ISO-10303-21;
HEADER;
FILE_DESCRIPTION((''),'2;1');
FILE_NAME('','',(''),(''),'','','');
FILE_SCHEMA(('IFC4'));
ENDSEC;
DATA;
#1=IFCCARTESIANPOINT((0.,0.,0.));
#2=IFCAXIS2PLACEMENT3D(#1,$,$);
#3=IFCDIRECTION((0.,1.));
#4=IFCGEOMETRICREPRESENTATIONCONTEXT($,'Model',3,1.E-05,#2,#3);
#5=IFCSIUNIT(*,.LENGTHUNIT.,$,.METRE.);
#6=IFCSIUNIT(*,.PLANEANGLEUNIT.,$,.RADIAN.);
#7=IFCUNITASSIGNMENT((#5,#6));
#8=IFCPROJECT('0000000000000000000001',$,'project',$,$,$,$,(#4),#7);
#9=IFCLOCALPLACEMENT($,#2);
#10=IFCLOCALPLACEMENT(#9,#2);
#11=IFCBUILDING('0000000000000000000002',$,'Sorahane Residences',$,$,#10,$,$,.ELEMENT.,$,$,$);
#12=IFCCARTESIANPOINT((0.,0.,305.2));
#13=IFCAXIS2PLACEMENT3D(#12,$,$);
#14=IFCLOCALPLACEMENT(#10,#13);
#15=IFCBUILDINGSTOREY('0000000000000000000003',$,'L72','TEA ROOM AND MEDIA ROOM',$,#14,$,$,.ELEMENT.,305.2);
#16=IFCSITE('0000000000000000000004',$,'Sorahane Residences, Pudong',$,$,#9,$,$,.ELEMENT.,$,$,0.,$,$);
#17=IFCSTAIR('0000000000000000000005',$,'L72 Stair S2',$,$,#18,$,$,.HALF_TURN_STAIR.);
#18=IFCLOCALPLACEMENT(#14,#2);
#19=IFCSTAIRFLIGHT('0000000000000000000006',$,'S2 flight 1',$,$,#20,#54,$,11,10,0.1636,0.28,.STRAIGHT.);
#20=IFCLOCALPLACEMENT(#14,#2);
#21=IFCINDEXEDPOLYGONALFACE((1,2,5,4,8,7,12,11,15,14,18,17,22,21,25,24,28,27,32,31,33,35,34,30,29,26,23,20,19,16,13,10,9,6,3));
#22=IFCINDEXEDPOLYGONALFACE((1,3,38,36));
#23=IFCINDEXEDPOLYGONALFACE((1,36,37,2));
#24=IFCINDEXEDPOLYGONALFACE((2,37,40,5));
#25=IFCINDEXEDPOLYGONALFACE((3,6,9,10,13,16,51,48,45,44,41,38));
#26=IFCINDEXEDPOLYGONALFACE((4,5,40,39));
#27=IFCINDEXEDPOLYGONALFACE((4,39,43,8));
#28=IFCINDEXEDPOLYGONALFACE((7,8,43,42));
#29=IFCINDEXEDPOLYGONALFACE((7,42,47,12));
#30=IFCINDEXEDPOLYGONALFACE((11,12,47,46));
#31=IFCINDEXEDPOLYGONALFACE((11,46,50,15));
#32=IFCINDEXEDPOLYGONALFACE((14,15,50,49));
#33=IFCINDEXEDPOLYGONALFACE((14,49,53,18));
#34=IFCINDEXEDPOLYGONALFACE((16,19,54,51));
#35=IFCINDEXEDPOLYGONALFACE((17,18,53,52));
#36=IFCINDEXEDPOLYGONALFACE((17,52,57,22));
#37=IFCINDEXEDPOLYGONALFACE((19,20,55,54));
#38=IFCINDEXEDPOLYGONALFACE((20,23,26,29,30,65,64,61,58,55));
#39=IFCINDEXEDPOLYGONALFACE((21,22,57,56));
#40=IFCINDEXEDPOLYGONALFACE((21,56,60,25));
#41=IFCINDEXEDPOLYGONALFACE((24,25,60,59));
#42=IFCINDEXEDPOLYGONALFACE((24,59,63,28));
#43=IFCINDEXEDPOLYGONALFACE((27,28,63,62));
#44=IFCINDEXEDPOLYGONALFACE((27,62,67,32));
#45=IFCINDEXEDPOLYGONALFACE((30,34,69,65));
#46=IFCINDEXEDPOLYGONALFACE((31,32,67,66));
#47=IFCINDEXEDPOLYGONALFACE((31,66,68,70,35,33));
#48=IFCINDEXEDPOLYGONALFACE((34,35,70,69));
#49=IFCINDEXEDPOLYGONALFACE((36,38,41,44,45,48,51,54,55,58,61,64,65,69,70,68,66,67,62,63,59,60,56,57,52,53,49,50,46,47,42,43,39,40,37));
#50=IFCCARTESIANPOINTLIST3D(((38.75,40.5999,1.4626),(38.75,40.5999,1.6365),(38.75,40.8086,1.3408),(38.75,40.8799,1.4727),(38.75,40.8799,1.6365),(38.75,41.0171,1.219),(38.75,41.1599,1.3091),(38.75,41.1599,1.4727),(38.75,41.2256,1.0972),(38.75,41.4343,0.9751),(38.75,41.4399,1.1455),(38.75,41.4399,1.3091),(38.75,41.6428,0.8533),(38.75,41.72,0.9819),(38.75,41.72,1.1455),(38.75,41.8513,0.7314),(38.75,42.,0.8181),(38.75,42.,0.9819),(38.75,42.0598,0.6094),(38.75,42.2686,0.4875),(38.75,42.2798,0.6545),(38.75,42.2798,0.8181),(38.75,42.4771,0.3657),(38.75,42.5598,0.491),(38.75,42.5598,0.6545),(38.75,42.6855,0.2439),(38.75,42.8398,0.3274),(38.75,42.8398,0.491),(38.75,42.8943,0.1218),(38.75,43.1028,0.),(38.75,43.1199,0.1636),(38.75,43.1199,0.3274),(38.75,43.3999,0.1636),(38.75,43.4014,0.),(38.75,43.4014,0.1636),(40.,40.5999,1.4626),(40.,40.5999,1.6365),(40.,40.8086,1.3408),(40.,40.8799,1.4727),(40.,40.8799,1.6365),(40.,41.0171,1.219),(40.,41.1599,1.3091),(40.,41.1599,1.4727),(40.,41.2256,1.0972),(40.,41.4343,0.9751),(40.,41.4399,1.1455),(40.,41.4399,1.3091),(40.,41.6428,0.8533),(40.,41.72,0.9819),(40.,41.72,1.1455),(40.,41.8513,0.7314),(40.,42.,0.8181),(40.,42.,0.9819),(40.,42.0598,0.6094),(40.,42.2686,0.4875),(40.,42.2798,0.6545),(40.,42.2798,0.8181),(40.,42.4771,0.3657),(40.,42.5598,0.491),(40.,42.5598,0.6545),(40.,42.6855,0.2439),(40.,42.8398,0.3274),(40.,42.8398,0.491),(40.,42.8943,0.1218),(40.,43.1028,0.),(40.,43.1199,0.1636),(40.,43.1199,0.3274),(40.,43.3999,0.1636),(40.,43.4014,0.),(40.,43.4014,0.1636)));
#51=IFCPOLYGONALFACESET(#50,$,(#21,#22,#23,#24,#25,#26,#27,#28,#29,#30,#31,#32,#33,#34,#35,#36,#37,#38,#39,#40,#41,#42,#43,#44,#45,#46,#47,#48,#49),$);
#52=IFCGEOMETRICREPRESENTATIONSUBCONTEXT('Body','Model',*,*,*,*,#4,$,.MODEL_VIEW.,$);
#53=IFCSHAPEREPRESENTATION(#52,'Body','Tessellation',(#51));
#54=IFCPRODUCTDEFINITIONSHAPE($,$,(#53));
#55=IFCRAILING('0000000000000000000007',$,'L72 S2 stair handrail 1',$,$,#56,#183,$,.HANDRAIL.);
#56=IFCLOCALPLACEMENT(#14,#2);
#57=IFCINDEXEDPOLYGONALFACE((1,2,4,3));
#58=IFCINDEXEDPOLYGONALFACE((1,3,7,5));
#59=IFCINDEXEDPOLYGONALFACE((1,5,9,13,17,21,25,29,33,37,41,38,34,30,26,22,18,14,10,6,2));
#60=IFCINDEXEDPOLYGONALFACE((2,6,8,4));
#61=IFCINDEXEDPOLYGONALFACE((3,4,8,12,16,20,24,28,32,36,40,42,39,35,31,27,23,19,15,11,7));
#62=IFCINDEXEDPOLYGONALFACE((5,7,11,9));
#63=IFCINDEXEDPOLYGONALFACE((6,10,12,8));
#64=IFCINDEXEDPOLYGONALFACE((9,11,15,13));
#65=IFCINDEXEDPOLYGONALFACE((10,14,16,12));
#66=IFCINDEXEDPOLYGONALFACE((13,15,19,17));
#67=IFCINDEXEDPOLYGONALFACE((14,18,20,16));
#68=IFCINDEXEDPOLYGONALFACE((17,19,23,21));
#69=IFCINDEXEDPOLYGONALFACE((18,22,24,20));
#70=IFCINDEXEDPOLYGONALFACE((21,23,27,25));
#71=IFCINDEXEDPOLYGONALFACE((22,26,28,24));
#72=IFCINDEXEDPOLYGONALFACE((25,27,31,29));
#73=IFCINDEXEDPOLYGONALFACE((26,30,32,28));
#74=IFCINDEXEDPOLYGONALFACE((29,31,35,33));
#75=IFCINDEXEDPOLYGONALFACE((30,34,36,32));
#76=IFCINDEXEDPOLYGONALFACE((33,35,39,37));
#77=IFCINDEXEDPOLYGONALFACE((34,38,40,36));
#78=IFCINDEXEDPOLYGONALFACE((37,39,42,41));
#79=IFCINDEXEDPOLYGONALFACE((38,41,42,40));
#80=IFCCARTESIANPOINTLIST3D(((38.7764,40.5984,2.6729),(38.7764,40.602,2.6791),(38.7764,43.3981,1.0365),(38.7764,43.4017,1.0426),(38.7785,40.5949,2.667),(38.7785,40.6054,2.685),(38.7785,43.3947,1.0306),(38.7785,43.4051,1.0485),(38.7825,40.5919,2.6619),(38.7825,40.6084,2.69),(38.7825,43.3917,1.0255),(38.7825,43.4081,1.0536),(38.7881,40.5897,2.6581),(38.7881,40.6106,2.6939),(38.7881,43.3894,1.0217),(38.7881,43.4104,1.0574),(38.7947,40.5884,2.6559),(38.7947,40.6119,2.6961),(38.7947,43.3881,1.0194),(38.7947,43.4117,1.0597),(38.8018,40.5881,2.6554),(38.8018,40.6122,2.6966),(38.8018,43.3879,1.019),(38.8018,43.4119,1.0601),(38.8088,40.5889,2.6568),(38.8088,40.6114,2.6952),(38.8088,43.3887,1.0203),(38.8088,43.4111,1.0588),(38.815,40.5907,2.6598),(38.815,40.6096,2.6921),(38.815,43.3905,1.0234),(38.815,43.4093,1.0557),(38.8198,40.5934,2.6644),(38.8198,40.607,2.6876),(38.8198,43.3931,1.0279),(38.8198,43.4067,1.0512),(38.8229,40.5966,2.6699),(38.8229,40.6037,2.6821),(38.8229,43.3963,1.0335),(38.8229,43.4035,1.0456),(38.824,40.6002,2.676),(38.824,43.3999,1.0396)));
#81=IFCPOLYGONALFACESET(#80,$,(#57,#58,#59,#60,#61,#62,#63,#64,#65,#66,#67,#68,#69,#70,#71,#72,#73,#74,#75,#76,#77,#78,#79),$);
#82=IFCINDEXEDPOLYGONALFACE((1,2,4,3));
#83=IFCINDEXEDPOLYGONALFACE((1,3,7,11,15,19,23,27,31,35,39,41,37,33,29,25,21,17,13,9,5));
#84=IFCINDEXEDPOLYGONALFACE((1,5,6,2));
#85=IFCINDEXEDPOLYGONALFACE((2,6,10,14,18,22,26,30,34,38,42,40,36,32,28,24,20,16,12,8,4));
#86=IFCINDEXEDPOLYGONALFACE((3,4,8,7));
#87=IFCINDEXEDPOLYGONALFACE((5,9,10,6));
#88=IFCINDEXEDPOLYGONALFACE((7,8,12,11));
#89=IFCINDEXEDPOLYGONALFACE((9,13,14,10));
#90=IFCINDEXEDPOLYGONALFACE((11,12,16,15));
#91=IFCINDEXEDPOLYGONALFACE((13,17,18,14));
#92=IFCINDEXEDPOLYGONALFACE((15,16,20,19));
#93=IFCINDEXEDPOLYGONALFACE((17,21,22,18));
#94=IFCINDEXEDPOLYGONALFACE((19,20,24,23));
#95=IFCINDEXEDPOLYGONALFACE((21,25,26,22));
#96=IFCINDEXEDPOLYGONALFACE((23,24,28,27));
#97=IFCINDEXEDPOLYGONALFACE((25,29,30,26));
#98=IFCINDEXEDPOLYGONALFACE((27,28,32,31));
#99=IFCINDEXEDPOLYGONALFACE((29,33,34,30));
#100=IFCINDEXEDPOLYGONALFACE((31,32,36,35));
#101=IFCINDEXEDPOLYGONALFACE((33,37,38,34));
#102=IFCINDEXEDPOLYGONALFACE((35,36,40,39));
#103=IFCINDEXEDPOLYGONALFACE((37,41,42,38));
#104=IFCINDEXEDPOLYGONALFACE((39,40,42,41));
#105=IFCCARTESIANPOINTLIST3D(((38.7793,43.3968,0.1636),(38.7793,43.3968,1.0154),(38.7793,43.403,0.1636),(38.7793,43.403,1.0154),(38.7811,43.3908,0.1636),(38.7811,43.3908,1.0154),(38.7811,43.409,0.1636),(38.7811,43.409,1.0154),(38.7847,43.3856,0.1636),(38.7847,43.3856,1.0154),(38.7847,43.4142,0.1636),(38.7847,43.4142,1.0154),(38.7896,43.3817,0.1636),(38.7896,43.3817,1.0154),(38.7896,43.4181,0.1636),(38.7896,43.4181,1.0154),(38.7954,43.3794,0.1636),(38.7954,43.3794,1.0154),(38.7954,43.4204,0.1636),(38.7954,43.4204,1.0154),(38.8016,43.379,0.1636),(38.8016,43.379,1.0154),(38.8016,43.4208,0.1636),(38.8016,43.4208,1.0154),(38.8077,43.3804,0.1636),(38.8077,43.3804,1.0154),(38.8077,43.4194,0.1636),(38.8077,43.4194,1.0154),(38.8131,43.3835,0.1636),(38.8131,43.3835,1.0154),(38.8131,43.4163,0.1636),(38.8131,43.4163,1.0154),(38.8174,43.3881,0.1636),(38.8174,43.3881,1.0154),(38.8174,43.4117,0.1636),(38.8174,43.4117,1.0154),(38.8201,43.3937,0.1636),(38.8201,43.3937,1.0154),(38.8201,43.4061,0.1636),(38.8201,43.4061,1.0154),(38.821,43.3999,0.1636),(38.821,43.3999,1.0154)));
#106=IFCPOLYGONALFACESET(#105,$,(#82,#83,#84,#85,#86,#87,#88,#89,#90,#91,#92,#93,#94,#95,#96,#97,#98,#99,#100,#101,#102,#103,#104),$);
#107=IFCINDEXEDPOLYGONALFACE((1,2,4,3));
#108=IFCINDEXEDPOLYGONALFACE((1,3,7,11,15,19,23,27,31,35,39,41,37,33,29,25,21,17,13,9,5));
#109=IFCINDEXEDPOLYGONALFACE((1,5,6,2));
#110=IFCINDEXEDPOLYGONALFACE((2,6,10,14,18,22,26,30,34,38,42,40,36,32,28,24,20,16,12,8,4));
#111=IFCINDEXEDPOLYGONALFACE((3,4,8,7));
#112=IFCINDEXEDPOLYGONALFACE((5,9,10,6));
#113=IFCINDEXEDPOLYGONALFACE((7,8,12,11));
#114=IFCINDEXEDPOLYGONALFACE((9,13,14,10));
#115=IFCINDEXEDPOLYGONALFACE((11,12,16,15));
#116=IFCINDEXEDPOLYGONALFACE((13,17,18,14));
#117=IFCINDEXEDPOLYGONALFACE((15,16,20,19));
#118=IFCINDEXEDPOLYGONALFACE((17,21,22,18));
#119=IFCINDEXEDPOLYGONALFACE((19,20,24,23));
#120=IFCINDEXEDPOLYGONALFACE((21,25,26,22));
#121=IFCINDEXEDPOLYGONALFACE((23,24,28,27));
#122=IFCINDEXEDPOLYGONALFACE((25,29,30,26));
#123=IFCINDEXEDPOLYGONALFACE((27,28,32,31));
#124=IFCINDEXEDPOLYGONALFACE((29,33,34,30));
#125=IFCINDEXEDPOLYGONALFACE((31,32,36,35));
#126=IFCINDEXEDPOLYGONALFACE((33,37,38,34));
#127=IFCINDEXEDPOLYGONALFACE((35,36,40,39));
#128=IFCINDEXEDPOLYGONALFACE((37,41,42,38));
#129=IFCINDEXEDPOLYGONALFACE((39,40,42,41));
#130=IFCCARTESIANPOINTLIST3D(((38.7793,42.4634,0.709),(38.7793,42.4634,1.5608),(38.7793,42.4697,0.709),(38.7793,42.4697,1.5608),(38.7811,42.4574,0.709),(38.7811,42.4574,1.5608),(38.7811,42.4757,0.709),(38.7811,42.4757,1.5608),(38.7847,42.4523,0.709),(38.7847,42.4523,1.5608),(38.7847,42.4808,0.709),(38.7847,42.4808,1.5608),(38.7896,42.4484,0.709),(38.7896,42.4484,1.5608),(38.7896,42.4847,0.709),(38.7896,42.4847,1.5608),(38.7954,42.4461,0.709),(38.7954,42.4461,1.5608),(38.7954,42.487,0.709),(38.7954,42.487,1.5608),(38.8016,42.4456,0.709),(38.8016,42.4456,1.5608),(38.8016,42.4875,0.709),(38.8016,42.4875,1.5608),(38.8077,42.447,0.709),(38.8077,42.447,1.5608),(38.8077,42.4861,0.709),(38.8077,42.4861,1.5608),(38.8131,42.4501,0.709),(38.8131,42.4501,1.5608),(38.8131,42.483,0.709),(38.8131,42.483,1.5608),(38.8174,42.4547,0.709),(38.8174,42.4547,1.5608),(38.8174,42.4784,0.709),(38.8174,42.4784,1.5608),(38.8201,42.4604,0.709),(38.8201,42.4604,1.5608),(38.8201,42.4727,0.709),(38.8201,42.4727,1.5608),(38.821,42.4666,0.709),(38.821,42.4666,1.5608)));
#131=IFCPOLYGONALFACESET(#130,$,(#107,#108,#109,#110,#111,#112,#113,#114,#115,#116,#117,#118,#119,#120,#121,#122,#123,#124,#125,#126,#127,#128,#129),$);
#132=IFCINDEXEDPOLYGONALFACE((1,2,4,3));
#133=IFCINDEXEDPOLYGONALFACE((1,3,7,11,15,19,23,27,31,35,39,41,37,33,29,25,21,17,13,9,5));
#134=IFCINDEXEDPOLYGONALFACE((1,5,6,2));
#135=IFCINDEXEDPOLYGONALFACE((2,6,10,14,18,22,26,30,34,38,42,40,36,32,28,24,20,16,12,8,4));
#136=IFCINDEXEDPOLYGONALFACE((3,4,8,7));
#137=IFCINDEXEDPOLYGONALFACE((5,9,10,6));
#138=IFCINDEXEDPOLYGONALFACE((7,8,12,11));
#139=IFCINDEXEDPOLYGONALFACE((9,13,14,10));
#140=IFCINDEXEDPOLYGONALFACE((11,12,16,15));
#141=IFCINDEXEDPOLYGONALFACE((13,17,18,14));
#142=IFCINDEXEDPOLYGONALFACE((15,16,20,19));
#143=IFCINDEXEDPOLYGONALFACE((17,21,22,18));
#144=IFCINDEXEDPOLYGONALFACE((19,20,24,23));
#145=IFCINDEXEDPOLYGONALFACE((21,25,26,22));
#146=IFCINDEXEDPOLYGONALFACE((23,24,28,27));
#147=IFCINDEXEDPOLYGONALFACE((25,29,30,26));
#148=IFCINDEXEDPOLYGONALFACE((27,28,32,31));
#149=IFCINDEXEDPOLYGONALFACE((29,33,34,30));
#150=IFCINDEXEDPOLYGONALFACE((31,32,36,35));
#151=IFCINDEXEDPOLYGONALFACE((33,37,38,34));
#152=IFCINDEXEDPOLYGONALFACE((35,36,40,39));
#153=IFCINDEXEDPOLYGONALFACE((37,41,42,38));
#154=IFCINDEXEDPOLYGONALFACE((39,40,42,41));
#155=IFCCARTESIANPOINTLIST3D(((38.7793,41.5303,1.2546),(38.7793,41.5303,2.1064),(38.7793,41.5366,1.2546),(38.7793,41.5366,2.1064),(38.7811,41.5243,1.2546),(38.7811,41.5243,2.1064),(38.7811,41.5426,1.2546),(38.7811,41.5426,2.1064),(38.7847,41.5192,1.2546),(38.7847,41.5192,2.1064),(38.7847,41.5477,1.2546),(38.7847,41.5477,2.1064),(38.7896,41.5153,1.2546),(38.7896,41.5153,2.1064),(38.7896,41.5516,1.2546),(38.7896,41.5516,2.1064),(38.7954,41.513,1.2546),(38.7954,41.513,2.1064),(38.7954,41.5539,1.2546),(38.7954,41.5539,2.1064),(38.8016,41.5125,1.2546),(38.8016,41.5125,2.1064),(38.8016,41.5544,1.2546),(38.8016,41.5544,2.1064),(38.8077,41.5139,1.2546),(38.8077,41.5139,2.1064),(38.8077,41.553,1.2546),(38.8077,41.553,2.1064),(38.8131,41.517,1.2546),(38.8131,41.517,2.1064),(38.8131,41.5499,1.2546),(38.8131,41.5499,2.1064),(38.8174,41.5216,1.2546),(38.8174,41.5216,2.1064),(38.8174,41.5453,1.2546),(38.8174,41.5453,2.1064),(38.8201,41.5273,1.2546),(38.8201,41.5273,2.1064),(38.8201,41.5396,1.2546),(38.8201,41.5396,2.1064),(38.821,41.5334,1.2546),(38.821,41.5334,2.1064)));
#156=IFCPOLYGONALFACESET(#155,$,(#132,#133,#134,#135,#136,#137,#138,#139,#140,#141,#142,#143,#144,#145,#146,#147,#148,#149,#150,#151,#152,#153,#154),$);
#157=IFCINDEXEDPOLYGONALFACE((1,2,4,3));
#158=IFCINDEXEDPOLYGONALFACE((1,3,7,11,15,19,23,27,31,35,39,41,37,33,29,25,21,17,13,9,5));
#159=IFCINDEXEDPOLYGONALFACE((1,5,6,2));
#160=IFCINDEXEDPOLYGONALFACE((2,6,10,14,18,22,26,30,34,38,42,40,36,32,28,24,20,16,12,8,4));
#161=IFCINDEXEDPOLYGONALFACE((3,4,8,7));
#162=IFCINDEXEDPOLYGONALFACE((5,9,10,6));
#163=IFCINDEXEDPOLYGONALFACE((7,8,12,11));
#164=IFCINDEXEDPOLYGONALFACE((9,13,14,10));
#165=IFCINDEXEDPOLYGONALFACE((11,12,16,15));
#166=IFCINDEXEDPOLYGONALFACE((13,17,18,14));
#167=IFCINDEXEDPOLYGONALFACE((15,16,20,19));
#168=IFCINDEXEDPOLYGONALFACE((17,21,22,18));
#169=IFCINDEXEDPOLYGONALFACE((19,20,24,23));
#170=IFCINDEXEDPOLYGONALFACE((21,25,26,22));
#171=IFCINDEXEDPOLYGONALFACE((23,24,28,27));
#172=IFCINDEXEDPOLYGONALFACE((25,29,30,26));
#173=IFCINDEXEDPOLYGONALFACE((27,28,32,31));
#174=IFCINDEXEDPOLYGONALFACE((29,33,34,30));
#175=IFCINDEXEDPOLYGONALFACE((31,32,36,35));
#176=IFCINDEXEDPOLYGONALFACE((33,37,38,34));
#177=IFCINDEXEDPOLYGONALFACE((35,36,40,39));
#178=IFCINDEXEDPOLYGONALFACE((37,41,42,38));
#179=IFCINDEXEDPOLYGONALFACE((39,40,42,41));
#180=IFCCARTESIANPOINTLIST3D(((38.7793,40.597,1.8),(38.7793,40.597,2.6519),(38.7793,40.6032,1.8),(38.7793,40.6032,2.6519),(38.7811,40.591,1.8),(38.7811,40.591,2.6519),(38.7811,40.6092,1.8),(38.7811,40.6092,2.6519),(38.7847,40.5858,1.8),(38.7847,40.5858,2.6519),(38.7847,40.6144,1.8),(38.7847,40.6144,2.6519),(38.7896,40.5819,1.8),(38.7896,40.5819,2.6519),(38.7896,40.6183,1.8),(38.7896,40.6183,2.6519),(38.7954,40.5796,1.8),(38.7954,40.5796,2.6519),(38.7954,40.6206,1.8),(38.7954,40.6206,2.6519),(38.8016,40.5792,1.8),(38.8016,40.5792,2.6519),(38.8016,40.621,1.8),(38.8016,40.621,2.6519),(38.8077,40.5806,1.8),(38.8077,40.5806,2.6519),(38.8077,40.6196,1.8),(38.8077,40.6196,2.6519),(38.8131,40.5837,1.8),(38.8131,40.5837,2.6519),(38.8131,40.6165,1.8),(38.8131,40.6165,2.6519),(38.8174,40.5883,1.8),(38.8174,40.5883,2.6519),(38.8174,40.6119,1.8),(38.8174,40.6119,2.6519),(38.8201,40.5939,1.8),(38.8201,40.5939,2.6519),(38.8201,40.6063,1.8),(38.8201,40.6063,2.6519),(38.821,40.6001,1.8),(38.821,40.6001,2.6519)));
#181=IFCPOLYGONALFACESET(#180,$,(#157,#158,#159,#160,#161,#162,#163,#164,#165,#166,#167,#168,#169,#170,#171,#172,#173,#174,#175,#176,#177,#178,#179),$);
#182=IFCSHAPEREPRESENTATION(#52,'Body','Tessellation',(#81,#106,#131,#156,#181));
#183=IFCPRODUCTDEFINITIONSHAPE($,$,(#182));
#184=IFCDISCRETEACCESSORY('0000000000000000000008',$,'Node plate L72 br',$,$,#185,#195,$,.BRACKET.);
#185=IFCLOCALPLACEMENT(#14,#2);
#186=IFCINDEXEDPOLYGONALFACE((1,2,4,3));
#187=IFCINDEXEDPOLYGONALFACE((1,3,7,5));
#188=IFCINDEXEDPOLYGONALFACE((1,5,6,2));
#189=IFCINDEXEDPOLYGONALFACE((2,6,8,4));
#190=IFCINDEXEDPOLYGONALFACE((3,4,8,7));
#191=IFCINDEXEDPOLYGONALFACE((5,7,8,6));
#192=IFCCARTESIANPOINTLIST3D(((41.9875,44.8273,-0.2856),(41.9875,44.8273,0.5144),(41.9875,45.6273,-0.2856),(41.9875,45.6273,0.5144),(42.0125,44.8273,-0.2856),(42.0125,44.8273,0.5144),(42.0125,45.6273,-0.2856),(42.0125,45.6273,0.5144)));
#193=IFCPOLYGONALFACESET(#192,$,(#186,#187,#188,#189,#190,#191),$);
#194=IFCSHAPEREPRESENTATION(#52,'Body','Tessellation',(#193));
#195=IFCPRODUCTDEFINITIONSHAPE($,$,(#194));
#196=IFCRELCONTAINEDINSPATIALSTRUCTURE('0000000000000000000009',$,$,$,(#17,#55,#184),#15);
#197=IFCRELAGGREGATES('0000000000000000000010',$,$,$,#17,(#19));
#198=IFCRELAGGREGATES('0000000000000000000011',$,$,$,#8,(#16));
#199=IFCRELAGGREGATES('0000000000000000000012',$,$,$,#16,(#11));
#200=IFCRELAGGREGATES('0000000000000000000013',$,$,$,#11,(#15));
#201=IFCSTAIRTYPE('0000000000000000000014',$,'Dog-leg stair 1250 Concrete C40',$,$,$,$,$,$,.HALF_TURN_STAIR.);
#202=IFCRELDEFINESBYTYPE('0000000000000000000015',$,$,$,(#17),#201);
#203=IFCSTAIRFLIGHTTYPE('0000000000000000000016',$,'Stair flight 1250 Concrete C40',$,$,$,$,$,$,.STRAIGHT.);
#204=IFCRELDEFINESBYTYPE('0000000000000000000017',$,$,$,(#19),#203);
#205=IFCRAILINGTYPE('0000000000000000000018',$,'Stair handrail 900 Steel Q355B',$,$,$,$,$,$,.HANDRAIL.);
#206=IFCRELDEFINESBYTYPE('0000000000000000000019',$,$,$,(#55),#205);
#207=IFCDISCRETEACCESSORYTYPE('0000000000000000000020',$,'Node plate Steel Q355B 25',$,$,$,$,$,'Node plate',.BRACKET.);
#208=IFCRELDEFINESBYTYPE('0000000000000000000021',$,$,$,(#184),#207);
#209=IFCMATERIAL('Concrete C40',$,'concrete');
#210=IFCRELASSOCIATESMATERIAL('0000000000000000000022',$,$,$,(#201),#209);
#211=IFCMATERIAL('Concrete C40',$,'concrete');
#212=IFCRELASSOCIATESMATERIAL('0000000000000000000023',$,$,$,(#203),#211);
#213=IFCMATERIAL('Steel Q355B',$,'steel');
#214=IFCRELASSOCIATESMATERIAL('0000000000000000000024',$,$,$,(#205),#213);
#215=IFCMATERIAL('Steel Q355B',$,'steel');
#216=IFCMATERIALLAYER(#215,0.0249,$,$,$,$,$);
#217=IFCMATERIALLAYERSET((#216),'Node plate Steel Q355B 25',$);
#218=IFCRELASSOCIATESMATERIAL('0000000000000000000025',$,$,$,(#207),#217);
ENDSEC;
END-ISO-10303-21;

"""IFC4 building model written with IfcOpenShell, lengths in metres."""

from ifc_helpers import new_model, si_unit, direction, frame, origin, origin_2d, place, context, subcontext, project, spatial, polyline, rectangle, circle, outline, extrude, material, layer, layer_set, type_object, element, aggregate, save


model = new_model("IFC4")

# Units and contexts
model_context = context("Model", 3, precision=1e-05, world=origin(), true_north=direction((0.0, 1.0)))
body_context = subcontext(model_context, "Body", "Model", "MODEL_VIEW")
ifc_project = project(units=[si_unit("LENGTHUNIT", "METRE"), si_unit("PLANEANGLEUNIT", "RADIAN")], contexts=[model_context])

# Site, building, storey
site_placement = place(None, origin())
site = spatial("IfcSite", under=ifc_project, at=site_placement, Name="Sorahane Residences, Pudong", CompositionType="ELEMENT", RefElevation=0.0)
building_placement = place(site_placement, origin())
building = spatial("IfcBuilding", under=site, at=building_placement, Name="Sorahane Residences", CompositionType="ELEMENT")
storey_placement = place(building_placement, frame((0.0, 0.0, 305.2)))
storey = spatial("IfcBuildingStorey", under=building, at=storey_placement, Name="L72", Description="TEA ROOM AND MEDIA ROOM", CompositionType="ELEMENT", Elevation=305.2)

# Stair, stair flight
ifc_material_1 = material(Name="Concrete C40", Category="concrete")
stair_type = type_object("IfcStairType", Name="Dog-leg stair 1250 Concrete C40", PredefinedType="HALF_TURN_STAIR", material=ifc_material_1)
stair_placement = place(storey_placement, origin())
stair = element("IfcStair", 1, at=stair_placement, inside=storey, type_object=stair_type, Name="L72 Stair S2", PredefinedType="HALF_TURN_STAIR")
ifc_material_2 = material(Name="Concrete C40", Category="concrete")
stair_flight_type = type_object("IfcStairFlightType", Name="Stair flight 1250 Concrete C40", PredefinedType="STRAIGHT", material=ifc_material_2)
stair_flight_placement = place(storey_placement, frame((39.375, 43.3999, 0.0), z_axis=(0.0, 0.0, 1.0), x_axis=(0.0, -1.0, 0.0)))
stair_flight = element("IfcStairFlight", 2, at=stair_flight_placement, type_object=stair_flight_type, Name="S2 flight 1", NumberOfRisers=11, NumberOfTreads=10, PredefinedType="STRAIGHT", RiserHeight=0.1636, TreadLength=0.28, context=body_context, shape_type="SweptSolid", body=[
    extrude(outline(polyline([(-0.0015, 0.0), (-0.0015, 0.1636), (0.0, 0.1636), (0.28, 0.1636), (0.28, 0.3274), (0.5601, 0.3274), (0.5601, 0.491), (0.8401, 0.491), (0.8401, 0.6545), (1.1201, 0.6545), (1.1201, 0.8181), (1.3999, 0.8181), (1.3999, 0.9819), (1.6799, 0.9819), (1.6799, 1.1455), (1.96, 1.1455), (1.96, 1.3091), (2.24, 1.3091), (2.24, 1.4727), (2.52, 1.4727), (2.52, 1.6365), (2.8, 1.6365), (2.8, 1.8), (2.8, 1.4626), (2.5913, 1.3408), (2.3828, 1.219), (2.1743, 1.0972), (1.9656, 0.9751), (1.7571, 0.8533), (1.5486, 0.7314), (1.3401, 0.6094), (1.1313, 0.4875), (0.9229, 0.3657), (0.7144, 0.2439), (0.5056, 0.1218), (0.2971, 0.0), (-0.0015, 0.0)])), frame((0.0, 0.625, 0.0), z_axis=(0.0, -1.0, 0.0), x_axis=(1.0, 0.0, 0.0)), (0.0, 0.0, 1.0), 1.25),
])
aggregate(stair, [stair_flight])

# Railing
ifc_material_3 = material(Name="Steel Q355B", Category="steel")
railing_type_1 = type_object("IfcRailingType", Name="Stair handrail 900 Steel Q355B", PredefinedType="HANDRAIL", material=ifc_material_3)
railing_1_placement = place(storey_placement, frame((38.8, 43.3999, 0.1636)))
element("IfcRailing", 3, at=railing_1_placement, inside=storey, type_object=railing_type_1, Name="L72 S2 stair handrail 1", PredefinedType="HANDRAIL", context=body_context, shape_type="SweptSolid", body=[
    extrude(circle(Radius=0.0239, at=origin_2d()), frame((0.0, 0.0, 0.876), z_axis=(0.0, -0.863342, 0.50462), x_axis=(1.0, 0.0, 0.0)), (0.0, 0.0, 1.0), 3.2429),
    extrude(circle(Radius=0.021, at=origin_2d()), origin(), (0.0, 0.0, 1.0), 0.8518),
    extrude(circle(Radius=0.021, at=origin_2d()), frame((0.0, -0.9333, 0.5454)), (0.0, 0.0, 1.0), 0.8518),
    extrude(circle(Radius=0.021, at=origin_2d()), frame((0.0, -1.8665, 1.0911)), (0.0, 0.0, 1.0), 0.8518),
    extrude(circle(Radius=0.021, at=origin_2d()), frame((0.0, -2.7998, 1.6365)), (0.0, 0.0, 1.0), 0.8518),
])

# Discrete accessory
ifc_material_4 = material(Name="Steel Q355B", Category="steel")
ifc_layer_1 = layer(ifc_material_4, 0.0249)
ifc_layer_set_1 = layer_set([ifc_layer_1], Name="Node plate Steel Q355B 25")
discrete_accessory_type = type_object("IfcDiscreteAccessoryType", Name="Node plate Steel Q355B 25", ElementType="Node plate", PredefinedType="BRACKET", material=ifc_layer_set_1)
for number, where, z_axis, x_axis, name in (
    (4, (42.0, 45.2273, -0.2856), (0.0, 0.0, 1.0), (0.0, 1.0, 0.0), "Node plate L72 br"),
):
    element("IfcDiscreteAccessory", number, at=place(storey_placement, frame(where, z_axis=z_axis, x_axis=x_axis)), inside=storey, type_object=discrete_accessory_type, Name=name, PredefinedType="BRACKET", context=body_context, shape_type="SweptSolid", body=[
        extrude(rectangle(XDim=0.8, YDim=0.0249, at=origin_2d()), origin(), (0.0, 0.0, 1.0), 0.8),
    ])

save(model, "model.ifc")
